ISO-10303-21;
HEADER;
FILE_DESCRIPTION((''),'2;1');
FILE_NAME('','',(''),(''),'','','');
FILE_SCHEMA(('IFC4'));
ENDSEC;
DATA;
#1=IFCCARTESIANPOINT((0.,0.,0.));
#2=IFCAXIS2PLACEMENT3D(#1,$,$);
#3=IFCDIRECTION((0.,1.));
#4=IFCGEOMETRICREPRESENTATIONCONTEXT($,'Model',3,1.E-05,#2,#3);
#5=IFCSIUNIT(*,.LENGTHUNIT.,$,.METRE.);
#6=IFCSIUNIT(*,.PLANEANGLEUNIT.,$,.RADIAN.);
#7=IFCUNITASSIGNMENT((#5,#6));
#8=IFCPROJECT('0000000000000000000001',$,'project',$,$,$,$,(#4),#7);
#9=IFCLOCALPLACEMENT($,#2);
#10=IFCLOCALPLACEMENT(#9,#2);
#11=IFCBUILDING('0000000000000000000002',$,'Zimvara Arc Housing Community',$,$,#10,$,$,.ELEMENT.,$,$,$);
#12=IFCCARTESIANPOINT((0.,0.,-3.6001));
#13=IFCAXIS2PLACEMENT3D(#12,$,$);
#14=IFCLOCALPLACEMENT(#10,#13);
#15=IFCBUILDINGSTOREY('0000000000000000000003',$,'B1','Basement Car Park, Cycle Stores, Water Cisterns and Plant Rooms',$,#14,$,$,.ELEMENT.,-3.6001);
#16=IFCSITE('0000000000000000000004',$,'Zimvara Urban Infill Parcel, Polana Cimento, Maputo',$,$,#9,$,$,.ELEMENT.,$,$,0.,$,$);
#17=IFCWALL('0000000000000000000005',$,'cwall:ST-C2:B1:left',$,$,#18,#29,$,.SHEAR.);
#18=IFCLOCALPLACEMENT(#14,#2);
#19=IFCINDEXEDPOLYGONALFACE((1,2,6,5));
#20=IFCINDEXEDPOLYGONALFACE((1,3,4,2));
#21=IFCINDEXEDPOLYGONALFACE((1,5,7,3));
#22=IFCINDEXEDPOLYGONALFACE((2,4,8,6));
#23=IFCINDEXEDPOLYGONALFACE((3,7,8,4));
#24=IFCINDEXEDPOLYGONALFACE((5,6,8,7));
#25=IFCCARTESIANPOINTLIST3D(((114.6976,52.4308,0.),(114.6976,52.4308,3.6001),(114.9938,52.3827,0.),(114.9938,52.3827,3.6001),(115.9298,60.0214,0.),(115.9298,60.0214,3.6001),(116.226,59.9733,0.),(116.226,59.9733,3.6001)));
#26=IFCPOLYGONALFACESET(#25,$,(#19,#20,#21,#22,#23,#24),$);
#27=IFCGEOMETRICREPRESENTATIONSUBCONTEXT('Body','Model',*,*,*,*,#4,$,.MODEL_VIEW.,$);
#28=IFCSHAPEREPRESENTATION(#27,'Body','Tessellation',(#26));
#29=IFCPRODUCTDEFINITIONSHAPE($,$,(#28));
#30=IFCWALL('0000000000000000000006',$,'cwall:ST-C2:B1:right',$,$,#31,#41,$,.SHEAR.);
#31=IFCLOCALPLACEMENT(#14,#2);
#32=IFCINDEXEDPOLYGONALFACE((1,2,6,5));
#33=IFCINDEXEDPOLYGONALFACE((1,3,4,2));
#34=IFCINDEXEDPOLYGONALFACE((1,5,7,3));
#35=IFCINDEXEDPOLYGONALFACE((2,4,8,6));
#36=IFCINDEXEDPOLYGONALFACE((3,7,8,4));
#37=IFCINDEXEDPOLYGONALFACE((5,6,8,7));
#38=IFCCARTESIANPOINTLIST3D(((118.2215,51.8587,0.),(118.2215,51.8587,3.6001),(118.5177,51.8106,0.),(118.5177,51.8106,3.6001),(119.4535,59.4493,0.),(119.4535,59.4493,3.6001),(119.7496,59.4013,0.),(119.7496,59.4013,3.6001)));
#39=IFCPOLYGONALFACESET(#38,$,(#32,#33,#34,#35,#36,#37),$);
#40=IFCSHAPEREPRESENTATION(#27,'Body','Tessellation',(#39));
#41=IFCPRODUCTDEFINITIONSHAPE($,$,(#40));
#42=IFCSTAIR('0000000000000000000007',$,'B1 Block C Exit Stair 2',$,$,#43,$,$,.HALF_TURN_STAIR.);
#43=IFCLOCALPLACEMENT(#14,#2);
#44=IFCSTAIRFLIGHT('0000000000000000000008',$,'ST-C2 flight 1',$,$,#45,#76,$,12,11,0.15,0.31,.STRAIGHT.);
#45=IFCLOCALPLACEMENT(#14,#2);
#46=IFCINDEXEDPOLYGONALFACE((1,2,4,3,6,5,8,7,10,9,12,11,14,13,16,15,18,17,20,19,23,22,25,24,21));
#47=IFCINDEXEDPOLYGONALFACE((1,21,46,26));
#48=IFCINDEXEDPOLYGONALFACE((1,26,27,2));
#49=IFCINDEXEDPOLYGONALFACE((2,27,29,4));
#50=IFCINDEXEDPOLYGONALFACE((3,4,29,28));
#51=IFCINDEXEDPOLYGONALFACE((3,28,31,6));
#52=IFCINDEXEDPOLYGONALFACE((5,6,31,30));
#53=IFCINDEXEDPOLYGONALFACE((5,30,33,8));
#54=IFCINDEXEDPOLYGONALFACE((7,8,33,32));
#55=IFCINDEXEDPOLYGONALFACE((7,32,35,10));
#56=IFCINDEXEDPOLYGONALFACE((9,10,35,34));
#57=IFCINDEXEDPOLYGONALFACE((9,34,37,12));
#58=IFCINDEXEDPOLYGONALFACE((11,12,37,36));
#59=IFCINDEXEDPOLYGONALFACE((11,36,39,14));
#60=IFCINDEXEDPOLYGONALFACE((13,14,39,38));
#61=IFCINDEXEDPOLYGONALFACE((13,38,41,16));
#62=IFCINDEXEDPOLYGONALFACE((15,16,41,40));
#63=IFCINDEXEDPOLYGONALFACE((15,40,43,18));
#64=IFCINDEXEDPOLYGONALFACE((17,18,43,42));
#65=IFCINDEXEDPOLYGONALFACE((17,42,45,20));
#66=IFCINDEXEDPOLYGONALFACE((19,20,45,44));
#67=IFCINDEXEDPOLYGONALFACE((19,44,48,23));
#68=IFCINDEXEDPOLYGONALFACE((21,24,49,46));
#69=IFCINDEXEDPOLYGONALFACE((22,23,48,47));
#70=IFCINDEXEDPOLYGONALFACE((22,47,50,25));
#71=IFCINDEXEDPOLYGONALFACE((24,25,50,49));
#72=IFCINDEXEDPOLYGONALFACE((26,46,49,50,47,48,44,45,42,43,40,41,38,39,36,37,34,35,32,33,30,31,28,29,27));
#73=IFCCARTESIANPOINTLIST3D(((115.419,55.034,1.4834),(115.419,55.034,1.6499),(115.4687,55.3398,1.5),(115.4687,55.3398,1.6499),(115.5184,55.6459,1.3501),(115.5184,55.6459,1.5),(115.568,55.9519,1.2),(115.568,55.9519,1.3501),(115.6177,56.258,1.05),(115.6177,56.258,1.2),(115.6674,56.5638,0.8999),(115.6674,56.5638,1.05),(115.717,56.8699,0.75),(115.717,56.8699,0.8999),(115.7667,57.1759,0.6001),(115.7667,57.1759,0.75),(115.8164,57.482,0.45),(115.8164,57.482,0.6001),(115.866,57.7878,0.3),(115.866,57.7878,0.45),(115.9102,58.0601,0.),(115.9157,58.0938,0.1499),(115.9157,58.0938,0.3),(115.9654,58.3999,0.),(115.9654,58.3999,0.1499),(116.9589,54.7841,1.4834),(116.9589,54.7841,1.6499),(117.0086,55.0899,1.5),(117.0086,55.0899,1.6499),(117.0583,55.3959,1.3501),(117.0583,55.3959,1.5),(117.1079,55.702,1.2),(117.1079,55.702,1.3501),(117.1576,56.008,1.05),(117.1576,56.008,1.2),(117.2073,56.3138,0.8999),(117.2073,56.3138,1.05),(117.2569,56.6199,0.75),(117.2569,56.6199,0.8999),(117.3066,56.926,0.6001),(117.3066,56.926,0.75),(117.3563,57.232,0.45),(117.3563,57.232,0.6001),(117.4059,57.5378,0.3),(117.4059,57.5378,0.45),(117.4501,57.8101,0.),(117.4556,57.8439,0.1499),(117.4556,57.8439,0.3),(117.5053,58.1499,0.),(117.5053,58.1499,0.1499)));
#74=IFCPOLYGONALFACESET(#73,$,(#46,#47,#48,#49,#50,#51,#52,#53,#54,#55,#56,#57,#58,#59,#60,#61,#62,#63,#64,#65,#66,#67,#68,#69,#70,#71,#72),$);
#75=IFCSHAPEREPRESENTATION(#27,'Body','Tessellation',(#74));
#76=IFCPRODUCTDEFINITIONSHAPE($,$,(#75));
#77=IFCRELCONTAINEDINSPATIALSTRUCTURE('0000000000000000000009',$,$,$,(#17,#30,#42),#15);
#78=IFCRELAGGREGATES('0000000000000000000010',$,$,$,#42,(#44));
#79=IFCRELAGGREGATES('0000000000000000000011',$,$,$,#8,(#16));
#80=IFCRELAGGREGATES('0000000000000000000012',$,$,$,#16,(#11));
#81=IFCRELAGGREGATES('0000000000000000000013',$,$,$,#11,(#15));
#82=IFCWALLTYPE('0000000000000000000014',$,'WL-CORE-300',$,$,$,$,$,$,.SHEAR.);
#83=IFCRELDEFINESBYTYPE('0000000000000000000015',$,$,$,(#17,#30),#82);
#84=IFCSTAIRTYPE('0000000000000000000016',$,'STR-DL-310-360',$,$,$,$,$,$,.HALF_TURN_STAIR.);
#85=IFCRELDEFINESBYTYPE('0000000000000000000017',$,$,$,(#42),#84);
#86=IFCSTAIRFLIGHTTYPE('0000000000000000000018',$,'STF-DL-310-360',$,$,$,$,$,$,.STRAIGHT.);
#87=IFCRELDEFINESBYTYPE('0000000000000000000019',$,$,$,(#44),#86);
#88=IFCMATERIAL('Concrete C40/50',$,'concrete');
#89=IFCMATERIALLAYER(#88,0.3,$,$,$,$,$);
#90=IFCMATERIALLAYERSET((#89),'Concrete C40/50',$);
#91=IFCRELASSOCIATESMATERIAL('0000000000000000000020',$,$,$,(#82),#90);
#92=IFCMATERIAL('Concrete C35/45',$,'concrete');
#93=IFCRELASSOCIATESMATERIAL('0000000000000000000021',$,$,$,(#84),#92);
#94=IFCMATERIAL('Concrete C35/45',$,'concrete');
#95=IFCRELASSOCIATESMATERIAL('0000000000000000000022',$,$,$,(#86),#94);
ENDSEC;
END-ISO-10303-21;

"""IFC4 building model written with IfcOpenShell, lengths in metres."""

from ifc_helpers import new_model, si_unit, direction, frame, frame_2d, origin, place, context, subcontext, project, spatial, polyline, rectangle, outline, extrude, material, layer, layer_set, type_object, element, aggregate, save


model = new_model("IFC4")

# Units and contexts
model_context = context("Model", 3, precision=1e-05, world=origin(), true_north=direction((0.0, 1.0)))
body_context = subcontext(model_context, "Body", "Model", "MODEL_VIEW")
ifc_project = project(units=[si_unit("LENGTHUNIT", "METRE"), si_unit("PLANEANGLEUNIT", "RADIAN")], contexts=[model_context])

# Site, building, storey
site_placement = place(None, origin())
site = spatial("IfcSite", under=ifc_project, at=site_placement, Name="Zimvara Urban Infill Parcel, Polana Cimento, Maputo", CompositionType="ELEMENT", RefElevation=0.0)
building_placement = place(site_placement, origin())
building = spatial("IfcBuilding", under=site, at=building_placement, Name="Zimvara Arc Housing Community", CompositionType="ELEMENT")
storey_placement = place(building_placement, frame((0.0, 0.0, -3.6001)))
storey = spatial("IfcBuildingStorey", under=building, at=storey_placement, Name="B1", Description="Basement Car Park, Cycle Stores, Water Cisterns and Plant Rooms", CompositionType="ELEMENT", Elevation=-3.6001)

# Shared definitions
ifc_material_1 = material(Name="Concrete C40/50", Category="concrete")
ifc_layer = layer(ifc_material_1, 0.3)
ifc_layer_set = layer_set([ifc_layer], Name="Concrete C40/50")
wall_type = type_object("IfcWallType", Name="WL-CORE-300", PredefinedType="SHEAR", material=ifc_layer_set)

# Walls
for number, where, z_axis, x_axis, name in (
    (1, (116.0779, 59.9973, 0.0), (0.0, 0.0, 1.0), (-0.160233, -0.987079, 0.0), "cwall:ST-C2:B1:left"),
    (2, (119.6016, 59.4253, 0.0), (0.0, 0.0, 1.0), (-0.160202, -0.987084, 0.0), "cwall:ST-C2:B1:right"),
):
    element("IfcWall", number, at=place(storey_placement, frame(where, z_axis=z_axis, x_axis=x_axis)), inside=storey, type_object=wall_type, Name=name, PredefinedType="SHEAR", context=body_context, shape_type="SweptSolid", body=[
        extrude(rectangle(XDim=7.6899, YDim=0.3, at=frame_2d((3.845, 0.0))), origin(), (0.0, 0.0, 1.0), 3.6001),
    ])

# Stair, stair flight
ifc_material_2 = material(Name="Concrete C35/45", Category="concrete")
stair_type = type_object("IfcStairType", Name="STR-DL-310-360", PredefinedType="HALF_TURN_STAIR", material=ifc_material_2)
stair_placement = place(storey_placement, origin())
stair = element("IfcStair", 3, at=stair_placement, inside=storey, type_object=stair_type, Name="B1 Block C Exit Stair 2", PredefinedType="HALF_TURN_STAIR")
ifc_material_3 = material(Name="Concrete C35/45", Category="concrete")
stair_flight_type = type_object("IfcStairFlightType", Name="STF-DL-310-360", PredefinedType="STRAIGHT", material=ifc_material_3)
stair_flight_placement = place(storey_placement, frame((116.7354, 58.2749, 0.0), z_axis=(0.0, 0.0, 1.0), x_axis=(-0.160226, -0.98708, 0.0)))
stair_flight = element("IfcStairFlight", 4, at=stair_flight_placement, type_object=stair_flight_type, Name="ST-C2 flight 1", NumberOfRisers=12, NumberOfTreads=11, PredefinedType="STRAIGHT", RiserHeight=0.15, TreadLength=0.31, context=body_context, shape_type="SweptSolid", body=[
    extrude(outline(polyline([(0.0, 0.0), (0.0, 0.1499), (0.3101, 0.1499), (0.3101, 0.3), (0.6201, 0.3), (0.6201, 0.45), (0.9299, 0.45), (0.9299, 0.6001), (1.24, 0.6001), (1.24, 0.75), (1.55, 0.75), (1.55, 0.8999), (1.8601, 0.8999), (1.8601, 1.05), (2.1699, 1.05), (2.1699, 1.2), (2.48, 1.2), (2.48, 1.3501), (2.79, 1.3501), (2.79, 1.5), (3.1001, 1.5), (3.1001, 1.6499), (3.4099, 1.6499), (3.4099, 1.8), (3.4099, 1.4834), (0.3442, 0.0), (0.0, 0.0)])), frame((0.0, 0.78, 0.0), z_axis=(0.0, -1.0, 0.0), x_axis=(1.0, 0.0, 0.0)), (0.0, 0.0, 1.0), 1.5601),
])
aggregate(stair, [stair_flight])

save(model, "model.ifc")
